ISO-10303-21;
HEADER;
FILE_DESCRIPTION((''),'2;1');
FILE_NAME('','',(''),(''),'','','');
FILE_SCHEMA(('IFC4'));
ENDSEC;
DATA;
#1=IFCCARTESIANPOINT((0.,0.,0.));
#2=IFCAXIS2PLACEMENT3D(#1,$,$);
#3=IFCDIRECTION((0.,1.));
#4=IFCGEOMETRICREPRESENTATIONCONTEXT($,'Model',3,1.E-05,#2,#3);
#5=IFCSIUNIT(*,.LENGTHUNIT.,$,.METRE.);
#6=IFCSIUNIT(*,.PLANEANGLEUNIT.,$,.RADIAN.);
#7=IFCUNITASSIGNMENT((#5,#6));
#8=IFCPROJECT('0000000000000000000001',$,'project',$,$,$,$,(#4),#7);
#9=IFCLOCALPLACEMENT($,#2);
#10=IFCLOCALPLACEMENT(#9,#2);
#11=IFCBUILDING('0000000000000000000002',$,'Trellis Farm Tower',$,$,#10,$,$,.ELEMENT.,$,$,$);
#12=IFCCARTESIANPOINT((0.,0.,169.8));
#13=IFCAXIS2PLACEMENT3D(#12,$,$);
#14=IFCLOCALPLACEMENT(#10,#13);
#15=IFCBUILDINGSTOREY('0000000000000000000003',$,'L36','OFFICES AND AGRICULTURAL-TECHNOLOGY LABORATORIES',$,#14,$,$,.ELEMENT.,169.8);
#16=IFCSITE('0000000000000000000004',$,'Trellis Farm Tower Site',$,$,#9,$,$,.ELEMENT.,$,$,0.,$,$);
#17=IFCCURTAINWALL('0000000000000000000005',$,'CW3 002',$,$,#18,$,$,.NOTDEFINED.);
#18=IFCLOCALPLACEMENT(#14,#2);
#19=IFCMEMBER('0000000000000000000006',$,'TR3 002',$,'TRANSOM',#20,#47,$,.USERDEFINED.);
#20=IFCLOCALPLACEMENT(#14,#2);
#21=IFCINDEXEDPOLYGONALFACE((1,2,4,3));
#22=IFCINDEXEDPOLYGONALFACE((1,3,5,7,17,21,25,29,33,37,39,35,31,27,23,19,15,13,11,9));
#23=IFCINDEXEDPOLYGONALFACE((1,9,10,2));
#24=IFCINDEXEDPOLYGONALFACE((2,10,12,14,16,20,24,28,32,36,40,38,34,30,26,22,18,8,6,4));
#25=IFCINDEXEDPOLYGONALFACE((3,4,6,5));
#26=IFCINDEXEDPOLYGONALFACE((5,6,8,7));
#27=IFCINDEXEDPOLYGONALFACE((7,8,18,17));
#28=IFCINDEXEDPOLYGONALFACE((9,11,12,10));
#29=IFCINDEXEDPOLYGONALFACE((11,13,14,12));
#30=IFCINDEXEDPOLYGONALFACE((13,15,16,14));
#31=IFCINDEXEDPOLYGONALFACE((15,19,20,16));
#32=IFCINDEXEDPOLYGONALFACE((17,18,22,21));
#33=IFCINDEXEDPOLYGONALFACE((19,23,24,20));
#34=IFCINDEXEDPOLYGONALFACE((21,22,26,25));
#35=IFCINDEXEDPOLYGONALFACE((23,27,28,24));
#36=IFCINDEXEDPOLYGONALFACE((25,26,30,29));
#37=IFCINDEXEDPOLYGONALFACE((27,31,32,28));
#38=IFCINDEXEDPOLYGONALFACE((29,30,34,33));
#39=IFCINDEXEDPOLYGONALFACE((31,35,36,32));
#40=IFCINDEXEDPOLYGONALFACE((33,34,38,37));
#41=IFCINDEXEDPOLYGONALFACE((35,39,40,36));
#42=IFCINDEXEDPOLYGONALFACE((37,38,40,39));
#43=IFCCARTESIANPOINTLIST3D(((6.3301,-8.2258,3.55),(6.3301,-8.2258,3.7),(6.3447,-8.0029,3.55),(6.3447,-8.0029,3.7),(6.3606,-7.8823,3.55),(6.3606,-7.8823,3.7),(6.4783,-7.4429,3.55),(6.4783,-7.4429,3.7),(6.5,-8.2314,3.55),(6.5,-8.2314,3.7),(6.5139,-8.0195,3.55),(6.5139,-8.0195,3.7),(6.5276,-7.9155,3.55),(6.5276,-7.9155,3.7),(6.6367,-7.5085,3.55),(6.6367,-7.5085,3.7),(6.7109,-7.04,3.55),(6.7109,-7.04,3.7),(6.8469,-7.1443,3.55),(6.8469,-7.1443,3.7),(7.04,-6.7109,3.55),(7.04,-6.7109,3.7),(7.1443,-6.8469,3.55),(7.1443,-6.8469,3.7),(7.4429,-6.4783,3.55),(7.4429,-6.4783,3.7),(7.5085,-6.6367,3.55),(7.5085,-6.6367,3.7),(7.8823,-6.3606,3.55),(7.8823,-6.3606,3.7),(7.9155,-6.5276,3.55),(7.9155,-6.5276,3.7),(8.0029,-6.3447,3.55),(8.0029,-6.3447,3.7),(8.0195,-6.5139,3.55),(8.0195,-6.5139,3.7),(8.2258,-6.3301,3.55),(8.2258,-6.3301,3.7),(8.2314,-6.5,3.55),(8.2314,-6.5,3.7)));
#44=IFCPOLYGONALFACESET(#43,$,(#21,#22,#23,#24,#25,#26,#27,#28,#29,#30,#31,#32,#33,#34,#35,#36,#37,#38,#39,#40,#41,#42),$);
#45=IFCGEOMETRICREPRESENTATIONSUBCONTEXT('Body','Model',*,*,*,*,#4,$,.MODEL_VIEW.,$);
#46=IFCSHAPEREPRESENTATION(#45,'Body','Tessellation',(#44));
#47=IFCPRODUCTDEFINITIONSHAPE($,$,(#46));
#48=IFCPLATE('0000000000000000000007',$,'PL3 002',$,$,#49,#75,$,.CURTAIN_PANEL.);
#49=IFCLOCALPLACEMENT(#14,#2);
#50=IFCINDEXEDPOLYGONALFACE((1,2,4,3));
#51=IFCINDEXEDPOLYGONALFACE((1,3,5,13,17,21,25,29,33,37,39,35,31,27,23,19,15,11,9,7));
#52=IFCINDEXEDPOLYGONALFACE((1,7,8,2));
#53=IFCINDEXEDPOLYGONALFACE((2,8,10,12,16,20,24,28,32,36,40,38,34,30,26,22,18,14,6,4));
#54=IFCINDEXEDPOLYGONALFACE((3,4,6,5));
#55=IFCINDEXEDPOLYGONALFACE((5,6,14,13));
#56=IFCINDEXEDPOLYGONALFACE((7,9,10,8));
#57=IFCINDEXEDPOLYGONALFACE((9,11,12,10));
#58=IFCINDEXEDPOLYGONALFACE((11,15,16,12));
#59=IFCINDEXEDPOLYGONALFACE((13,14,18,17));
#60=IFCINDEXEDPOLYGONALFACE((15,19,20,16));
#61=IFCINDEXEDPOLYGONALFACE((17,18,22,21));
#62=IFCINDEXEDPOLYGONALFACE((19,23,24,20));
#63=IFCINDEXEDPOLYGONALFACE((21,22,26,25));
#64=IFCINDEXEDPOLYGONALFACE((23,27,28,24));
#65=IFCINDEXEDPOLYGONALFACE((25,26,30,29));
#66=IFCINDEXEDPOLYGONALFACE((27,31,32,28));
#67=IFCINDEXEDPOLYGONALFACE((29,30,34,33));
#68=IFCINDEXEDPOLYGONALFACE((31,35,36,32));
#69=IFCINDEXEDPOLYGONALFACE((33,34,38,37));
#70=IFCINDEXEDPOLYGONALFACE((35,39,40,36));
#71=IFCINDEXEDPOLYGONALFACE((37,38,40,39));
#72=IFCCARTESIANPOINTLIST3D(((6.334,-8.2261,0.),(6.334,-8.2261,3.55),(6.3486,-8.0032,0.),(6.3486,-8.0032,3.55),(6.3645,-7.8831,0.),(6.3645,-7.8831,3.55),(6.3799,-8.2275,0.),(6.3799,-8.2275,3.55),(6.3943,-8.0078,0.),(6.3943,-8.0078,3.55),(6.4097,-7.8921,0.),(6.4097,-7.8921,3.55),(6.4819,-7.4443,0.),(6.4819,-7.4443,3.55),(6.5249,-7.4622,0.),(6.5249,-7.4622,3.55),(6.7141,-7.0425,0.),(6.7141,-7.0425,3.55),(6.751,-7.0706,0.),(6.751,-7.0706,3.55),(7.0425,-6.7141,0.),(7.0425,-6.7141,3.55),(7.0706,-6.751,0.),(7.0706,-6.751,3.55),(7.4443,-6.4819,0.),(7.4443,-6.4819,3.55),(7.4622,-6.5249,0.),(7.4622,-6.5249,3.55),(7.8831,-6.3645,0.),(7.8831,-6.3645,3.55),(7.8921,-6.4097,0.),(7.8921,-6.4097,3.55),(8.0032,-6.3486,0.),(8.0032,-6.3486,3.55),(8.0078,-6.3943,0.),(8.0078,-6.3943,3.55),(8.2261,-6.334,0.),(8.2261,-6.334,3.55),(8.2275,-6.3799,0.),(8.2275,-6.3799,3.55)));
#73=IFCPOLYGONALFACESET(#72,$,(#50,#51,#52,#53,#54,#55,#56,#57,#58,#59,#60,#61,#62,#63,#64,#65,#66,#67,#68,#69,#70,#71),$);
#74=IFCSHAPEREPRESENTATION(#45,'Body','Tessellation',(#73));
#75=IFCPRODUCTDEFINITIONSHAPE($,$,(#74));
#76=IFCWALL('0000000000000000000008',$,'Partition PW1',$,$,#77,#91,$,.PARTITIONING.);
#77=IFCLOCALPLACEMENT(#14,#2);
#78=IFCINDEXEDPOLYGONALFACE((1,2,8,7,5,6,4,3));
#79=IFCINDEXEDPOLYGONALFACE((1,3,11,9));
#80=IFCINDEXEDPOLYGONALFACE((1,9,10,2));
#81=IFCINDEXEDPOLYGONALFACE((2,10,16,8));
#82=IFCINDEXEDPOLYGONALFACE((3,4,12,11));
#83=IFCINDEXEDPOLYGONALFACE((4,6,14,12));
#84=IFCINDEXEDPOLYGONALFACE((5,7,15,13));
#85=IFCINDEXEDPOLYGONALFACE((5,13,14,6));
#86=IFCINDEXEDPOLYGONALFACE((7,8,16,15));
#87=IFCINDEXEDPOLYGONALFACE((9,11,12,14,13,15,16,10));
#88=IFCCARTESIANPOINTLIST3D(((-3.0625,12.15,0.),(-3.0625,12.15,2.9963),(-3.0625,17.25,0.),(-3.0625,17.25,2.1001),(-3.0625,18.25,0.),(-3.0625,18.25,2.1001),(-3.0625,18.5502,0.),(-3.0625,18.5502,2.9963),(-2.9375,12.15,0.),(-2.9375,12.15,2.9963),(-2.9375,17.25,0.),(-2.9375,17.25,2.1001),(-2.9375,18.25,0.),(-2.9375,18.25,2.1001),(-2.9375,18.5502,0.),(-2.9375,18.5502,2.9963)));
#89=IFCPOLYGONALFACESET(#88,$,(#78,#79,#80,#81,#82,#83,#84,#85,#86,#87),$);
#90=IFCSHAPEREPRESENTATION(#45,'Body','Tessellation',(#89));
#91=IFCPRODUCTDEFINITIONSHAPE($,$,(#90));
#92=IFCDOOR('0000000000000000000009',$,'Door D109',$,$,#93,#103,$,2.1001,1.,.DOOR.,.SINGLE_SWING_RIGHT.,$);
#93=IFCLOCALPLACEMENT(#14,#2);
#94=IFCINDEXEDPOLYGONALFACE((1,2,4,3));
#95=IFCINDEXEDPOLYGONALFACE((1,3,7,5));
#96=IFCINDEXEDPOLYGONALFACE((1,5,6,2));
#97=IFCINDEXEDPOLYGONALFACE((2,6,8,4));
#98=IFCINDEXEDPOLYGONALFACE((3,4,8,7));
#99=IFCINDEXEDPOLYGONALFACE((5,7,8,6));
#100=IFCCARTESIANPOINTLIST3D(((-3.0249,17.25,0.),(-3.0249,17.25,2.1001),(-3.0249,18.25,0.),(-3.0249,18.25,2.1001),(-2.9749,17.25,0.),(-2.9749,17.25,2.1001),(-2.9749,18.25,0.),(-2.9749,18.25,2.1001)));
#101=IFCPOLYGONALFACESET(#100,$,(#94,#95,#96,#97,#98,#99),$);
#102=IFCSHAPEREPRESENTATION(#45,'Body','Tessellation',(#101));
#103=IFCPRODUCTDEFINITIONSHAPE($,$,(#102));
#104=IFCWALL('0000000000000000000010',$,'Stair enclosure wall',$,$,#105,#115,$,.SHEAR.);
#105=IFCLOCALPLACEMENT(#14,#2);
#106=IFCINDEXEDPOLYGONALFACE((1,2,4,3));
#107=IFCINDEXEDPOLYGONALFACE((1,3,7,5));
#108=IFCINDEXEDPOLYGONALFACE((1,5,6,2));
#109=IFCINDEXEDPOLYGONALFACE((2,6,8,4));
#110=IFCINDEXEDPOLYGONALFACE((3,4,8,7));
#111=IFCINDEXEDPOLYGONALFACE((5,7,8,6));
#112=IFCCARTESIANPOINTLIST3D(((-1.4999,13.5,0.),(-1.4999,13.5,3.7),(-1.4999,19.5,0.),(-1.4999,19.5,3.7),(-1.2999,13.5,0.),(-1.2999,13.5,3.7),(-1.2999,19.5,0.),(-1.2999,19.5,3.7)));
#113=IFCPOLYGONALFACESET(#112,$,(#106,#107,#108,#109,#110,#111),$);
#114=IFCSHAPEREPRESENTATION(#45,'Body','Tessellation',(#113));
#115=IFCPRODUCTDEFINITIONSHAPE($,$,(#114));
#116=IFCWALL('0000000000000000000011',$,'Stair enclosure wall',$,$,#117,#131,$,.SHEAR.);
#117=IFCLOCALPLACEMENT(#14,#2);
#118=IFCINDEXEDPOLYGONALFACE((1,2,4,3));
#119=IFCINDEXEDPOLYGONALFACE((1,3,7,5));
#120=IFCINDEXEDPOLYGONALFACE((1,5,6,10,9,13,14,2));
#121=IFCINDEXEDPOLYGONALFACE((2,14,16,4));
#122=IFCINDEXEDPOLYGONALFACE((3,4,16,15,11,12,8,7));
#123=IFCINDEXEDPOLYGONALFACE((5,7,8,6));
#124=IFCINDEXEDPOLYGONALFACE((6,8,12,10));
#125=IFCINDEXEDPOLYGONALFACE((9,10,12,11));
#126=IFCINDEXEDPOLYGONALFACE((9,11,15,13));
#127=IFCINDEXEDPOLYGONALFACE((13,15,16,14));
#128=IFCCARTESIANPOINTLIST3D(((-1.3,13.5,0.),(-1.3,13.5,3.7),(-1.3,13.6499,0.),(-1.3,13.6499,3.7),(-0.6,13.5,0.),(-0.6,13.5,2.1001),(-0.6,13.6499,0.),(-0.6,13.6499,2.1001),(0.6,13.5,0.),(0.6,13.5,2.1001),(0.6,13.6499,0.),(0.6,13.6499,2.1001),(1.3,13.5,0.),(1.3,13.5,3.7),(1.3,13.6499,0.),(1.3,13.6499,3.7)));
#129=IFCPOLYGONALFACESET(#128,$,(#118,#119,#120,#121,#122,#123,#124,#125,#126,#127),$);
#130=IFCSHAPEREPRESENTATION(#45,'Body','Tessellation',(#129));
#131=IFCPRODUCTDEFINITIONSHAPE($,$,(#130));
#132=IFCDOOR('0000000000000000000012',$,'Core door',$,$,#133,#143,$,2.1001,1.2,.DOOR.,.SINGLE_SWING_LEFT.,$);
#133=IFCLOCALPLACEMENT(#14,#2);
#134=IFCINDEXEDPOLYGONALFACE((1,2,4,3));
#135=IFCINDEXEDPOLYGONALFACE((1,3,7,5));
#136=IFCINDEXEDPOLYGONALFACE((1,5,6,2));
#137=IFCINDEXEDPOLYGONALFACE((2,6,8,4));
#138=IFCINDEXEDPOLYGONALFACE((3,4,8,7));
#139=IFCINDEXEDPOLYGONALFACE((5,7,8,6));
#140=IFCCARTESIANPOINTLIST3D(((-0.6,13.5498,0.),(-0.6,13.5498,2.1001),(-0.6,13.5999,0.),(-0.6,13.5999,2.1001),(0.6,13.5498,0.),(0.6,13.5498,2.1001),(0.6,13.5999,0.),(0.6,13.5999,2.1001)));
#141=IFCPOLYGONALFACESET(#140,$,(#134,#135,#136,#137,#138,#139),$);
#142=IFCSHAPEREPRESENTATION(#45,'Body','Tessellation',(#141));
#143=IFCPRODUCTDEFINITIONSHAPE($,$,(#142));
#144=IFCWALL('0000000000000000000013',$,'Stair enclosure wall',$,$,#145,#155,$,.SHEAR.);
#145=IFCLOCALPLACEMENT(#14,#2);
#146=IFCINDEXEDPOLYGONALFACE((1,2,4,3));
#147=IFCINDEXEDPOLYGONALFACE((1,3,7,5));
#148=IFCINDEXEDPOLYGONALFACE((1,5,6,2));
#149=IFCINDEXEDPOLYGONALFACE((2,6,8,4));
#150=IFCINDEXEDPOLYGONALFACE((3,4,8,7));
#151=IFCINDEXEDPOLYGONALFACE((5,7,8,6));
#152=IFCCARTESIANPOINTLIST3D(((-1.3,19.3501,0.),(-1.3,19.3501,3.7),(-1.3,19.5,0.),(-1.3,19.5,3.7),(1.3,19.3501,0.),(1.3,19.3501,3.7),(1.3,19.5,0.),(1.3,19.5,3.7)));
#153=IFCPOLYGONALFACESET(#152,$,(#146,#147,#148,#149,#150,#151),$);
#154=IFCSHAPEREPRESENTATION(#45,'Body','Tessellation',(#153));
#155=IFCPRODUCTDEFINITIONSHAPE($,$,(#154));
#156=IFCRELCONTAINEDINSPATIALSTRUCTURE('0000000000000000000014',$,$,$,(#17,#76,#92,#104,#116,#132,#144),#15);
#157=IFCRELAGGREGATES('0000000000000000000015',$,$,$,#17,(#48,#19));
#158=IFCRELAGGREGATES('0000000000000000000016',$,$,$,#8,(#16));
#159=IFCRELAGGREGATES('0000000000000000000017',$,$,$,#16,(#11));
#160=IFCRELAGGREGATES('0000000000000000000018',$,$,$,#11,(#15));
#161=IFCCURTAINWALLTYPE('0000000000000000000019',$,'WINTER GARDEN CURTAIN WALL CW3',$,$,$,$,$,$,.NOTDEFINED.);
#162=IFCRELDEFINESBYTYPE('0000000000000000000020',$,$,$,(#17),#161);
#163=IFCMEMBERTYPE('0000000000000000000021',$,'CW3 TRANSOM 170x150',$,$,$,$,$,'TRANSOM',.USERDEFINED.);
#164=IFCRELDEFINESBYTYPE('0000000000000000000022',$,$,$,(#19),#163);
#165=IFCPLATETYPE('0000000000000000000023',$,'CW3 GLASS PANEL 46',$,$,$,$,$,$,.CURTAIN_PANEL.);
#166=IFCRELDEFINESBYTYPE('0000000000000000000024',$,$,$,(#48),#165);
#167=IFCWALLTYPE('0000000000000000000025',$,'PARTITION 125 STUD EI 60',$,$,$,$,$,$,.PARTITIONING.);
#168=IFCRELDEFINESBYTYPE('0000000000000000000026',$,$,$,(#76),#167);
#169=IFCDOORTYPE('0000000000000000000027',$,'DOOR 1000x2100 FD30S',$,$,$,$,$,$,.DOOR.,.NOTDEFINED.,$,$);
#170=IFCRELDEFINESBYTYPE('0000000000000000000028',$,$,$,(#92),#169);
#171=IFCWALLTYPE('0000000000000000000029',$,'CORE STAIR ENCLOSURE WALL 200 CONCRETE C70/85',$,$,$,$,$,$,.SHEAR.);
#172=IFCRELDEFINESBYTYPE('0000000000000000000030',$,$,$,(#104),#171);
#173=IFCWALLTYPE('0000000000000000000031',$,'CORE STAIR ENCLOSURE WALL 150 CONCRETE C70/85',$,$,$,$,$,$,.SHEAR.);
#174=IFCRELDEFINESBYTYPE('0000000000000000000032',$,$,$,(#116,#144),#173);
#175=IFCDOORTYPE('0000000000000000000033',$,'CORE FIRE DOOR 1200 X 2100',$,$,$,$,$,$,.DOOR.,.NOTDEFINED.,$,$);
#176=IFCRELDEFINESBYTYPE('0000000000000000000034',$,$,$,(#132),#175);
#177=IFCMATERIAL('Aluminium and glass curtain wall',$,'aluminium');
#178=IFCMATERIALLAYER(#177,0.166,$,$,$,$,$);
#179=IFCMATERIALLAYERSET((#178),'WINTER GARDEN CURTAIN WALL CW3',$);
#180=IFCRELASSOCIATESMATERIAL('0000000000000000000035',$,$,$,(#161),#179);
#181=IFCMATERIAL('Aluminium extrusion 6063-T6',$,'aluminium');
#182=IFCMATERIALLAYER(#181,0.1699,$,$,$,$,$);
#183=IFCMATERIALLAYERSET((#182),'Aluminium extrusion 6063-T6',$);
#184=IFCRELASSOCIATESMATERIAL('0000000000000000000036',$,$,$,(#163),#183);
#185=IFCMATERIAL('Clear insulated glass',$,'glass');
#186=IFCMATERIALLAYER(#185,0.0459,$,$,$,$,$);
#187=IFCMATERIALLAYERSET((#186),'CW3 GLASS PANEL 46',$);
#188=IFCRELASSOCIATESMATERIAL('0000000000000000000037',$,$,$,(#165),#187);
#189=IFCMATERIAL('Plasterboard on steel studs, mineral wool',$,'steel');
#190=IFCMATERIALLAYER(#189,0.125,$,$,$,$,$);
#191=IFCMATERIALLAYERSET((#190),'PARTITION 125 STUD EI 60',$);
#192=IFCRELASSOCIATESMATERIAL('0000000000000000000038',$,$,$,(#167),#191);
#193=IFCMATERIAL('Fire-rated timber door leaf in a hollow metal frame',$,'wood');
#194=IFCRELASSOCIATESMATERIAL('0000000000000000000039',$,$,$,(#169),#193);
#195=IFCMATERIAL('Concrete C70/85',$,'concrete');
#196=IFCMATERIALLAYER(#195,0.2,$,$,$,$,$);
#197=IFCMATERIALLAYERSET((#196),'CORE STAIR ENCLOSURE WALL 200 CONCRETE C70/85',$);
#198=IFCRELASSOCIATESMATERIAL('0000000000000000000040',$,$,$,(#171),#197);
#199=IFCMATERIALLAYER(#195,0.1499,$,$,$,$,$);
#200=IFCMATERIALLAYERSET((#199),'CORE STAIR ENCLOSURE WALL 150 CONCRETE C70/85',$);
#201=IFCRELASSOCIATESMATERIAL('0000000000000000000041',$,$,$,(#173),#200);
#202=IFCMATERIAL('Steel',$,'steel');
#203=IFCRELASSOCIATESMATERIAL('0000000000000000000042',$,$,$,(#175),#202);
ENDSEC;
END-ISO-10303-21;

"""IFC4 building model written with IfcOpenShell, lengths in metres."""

from ifc_helpers import new_model, si_unit, direction, frame, frame_2d, origin, place, context, subcontext, project, spatial, polyline, rectangle, outline, extrude, source, transform, mapped, material, layer, layer_set, type_object, element, fill, aggregate, save


model = new_model("IFC4")

# Units and contexts
model_context = context("Model", 3, precision=1e-05, world=origin(), true_north=direction((0.0, 1.0)))
body_context = subcontext(model_context, "Body", "Model", "MODEL_VIEW")
ifc_project = project(units=[si_unit("LENGTHUNIT", "METRE"), si_unit("PLANEANGLEUNIT", "RADIAN")], contexts=[model_context])

# Site, building, storey
site_placement = place(None, origin())
site = spatial("IfcSite", under=ifc_project, at=site_placement, Name="Trellis Farm Tower Site", CompositionType="ELEMENT", RefElevation=0.0)
building_placement = place(site_placement, origin())
building = spatial("IfcBuilding", under=site, at=building_placement, Name="Trellis Farm Tower", CompositionType="ELEMENT")
storey_placement = place(building_placement, frame((0.0, 0.0, 169.8)))
storey = spatial("IfcBuildingStorey", under=building, at=storey_placement, Name="L36", Description="OFFICES AND AGRICULTURAL-TECHNOLOGY LABORATORIES", CompositionType="ELEMENT", Elevation=169.8)

# Shared definitions
ifc_material_1 = material(Name="Concrete C70/85", Category="concrete")

# Curtain wall, member, plate
ifc_material_2 = material(Name="Aluminium and glass curtain wall", Category="aluminium")
ifc_layer_1 = layer(ifc_material_2, 0.166)
ifc_layer_set_1 = layer_set([ifc_layer_1], Name="WINTER GARDEN CURTAIN WALL CW3")
curtain_wall_type = type_object("IfcCurtainWallType", Name="WINTER GARDEN CURTAIN WALL CW3", PredefinedType="NOTDEFINED", material=ifc_layer_set_1)
placement = place(storey_placement, origin())
curtain_wall = element("IfcCurtainWall", 1, at=placement, inside=storey, type_object=curtain_wall_type, Name="CW3 002", PredefinedType="NOTDEFINED")
ifc_material_3 = material(Name="Aluminium extrusion 6063-T6", Category="aluminium")
ifc_layer_2 = layer(ifc_material_3, 0.1699)
ifc_layer_set_2 = layer_set([ifc_layer_2], Name="Aluminium extrusion 6063-T6")
member_type = type_object("IfcMemberType", Name="CW3 TRANSOM 170x150", ElementType="TRANSOM", PredefinedType="USERDEFINED", material=ifc_layer_set_2)
shared_shape_1 = source(origin(), body_context, "Body", "SweptSolid", [
    extrude(outline(polyline([(6.5, -8.2314), (6.5139, -8.0195), (6.5276, -7.9155), (6.6367, -7.5085), (6.8469, -7.1443), (7.1443, -6.8469), (7.5085, -6.6367), (7.9155, -6.5276), (8.0195, -6.5139), (8.2314, -6.5), (8.2258, -6.3301), (8.0029, -6.3447), (7.8823, -6.3606), (7.4429, -6.4783), (7.04, -6.7109), (6.7109, -7.04), (6.4783, -7.4429), (6.3606, -7.8823), (6.3447, -8.0029), (6.3301, -8.2258), (6.5, -8.2314)])), origin(), (0.0, 0.0, 1.0), 0.1499),
])
member_placement = place(storey_placement, frame((0.0, 0.0, 3.55)))
member = element("IfcMember", 2, at=member_placement, type_object=member_type, Name="TR3 002", ObjectType="TRANSOM", PredefinedType="USERDEFINED", context=body_context, shape_type="MappedRepresentation", body=[
    mapped(shared_shape_1, transform((0.0, 0.0, 0.0))),
])
ifc_material_4 = material(Name="Clear insulated glass", Category="glass")
ifc_layer_3 = layer(ifc_material_4, 0.0459)
ifc_layer_set_3 = layer_set([ifc_layer_3], Name="CW3 GLASS PANEL 46")
plate_type = type_object("IfcPlateType", Name="CW3 GLASS PANEL 46", PredefinedType="CURTAIN_PANEL", material=ifc_layer_set_3)
shared_shape_2 = source(origin(), body_context, "Body", "SweptSolid", [
    extrude(outline(polyline([(6.3799, -8.2275), (6.3943, -8.0078), (6.4097, -7.8921), (6.5249, -7.4622), (6.751, -7.0706), (7.0706, -6.751), (7.4622, -6.5249), (7.8921, -6.4097), (8.0078, -6.3943), (8.2275, -6.3799), (8.2261, -6.334), (8.0032, -6.3486), (7.8831, -6.3645), (7.4443, -6.4819), (7.0425, -6.7141), (6.7141, -7.0425), (6.4819, -7.4443), (6.3645, -7.8831), (6.3486, -8.0032), (6.334, -8.2261), (6.3799, -8.2275)])), origin(), (0.0, 0.0, 1.0), 3.55),
])
plate = element("IfcPlate", 3, at=placement, type_object=plate_type, Name="PL3 002", PredefinedType="CURTAIN_PANEL", context=body_context, shape_type="MappedRepresentation", body=[
    mapped(shared_shape_2, transform((0.0, 0.0, 0.0))),
])
aggregate(curtain_wall, [plate, member])

# Wall, opening, door
ifc_material_5 = material(Name="Plasterboard on steel studs, mineral wool", Category="steel")
ifc_layer_4 = layer(ifc_material_5, 0.125)
ifc_layer_set_4 = layer_set([ifc_layer_4], Name="PARTITION 125 STUD EI 60")
wall_type_1 = type_object("IfcWallType", Name="PARTITION 125 STUD EI 60", PredefinedType="PARTITIONING", material=ifc_layer_set_4)
wall_1_placement = place(storey_placement, frame((-3.0, 12.1499, 0.0), z_axis=(0.0, 0.0, 1.0), x_axis=(0.0, 1.0, 0.0)))
wall_1 = element("IfcWall", 4, at=wall_1_placement, inside=storey, type_object=wall_type_1, Name="Partition PW1", PredefinedType="PARTITIONING", context=body_context, shape_type="SweptSolid", body=[
    extrude(rectangle(XDim=6.4001, YDim=0.125, at=frame_2d((3.2002, 0.0))), origin(), (0.0, 0.0, 1.0), 2.9963),
])
shared_shape_3 = source(origin(), body_context, "Body", "SweptSolid", [
    extrude(rectangle(XDim=1.0, YDim=2.1001, at=frame_2d((0.5, 1.05))), frame((0.0, 0.0725, 0.0), z_axis=(0.0, -1.0, 0.0), x_axis=(1.0, 0.0, 0.0)), (0.0, 0.0, 1.0), 0.145),
])
opening_1_placement = place(wall_1_placement, frame((5.1001, 0.0, 0.0)))
opening_1 = element("IfcOpeningElement", 5, at=opening_1_placement, cuts=wall_1, PredefinedType="OPENING", context=body_context, shape_type="MappedRepresentation", body=[
    mapped(shared_shape_3, transform((0.0, 0.0, 0.0))),
])
ifc_material_6 = material(Name="Fire-rated timber door leaf in a hollow metal frame", Category="wood")
door_type_1 = type_object("IfcDoorType", Name="DOOR 1000x2100 FD30S", OperationType="NOTDEFINED", PredefinedType="DOOR", material=ifc_material_6)
shared_shape_4 = source(origin(), body_context, "Body", "SweptSolid", [
    extrude(rectangle(XDim=1.0, YDim=2.1001, at=frame_2d((0.5, 1.05))), frame((0.0, 0.0249, 0.0), z_axis=(0.0, -1.0, 0.0), x_axis=(1.0, 0.0, 0.0)), (0.0, 0.0, 1.0), 0.05),
])
door_1_placement = place(opening_1_placement, origin())
door_1 = element("IfcDoor", 6, at=door_1_placement, inside=storey, type_object=door_type_1, Name="Door D109", OperationType="SINGLE_SWING_RIGHT", OverallHeight=2.1001, OverallWidth=1.0, PredefinedType="DOOR", context=body_context, shape_type="MappedRepresentation", body=[
    mapped(shared_shape_4, transform((0.0, 0.0, 0.0))),
])
fill(opening_1, door_1)

# Wall
ifc_layer_5 = layer(ifc_material_1, 0.2)
ifc_layer_set_5 = layer_set([ifc_layer_5], Name="CORE STAIR ENCLOSURE WALL 200 CONCRETE C70/85")
wall_type_2 = type_object("IfcWallType", Name="CORE STAIR ENCLOSURE WALL 200 CONCRETE C70/85", PredefinedType="SHEAR", material=ifc_layer_set_5)
shared_shape_5 = source(origin(), body_context, "Body", "SweptSolid", [
    extrude(rectangle(XDim=6.0, YDim=0.2, at=frame_2d((3.0, 0.0))), origin(), (0.0, 0.0, 1.0), 3.7),
])
wall_2_placement = place(storey_placement, frame((-1.3999, 13.5, 0.0), z_axis=(0.0, 0.0, 1.0), x_axis=(0.0, 1.0, 0.0)))
element("IfcWall", 7, at=wall_2_placement, inside=storey, type_object=wall_type_2, Name="Stair enclosure wall", PredefinedType="SHEAR", context=body_context, shape_type="MappedRepresentation", body=[
    mapped(shared_shape_5, transform((0.0, 0.0, 0.0))),
])

# Wall, opening, door
ifc_layer_6 = layer(ifc_material_1, 0.1499)
ifc_layer_set_6 = layer_set([ifc_layer_6], Name="CORE STAIR ENCLOSURE WALL 150 CONCRETE C70/85")
wall_type_3 = type_object("IfcWallType", Name="CORE STAIR ENCLOSURE WALL 150 CONCRETE C70/85", PredefinedType="SHEAR", material=ifc_layer_set_6)
shared_shape_6 = source(origin(), body_context, "Body", "SweptSolid", [
    extrude(rectangle(XDim=2.6001, YDim=0.1499, at=frame_2d((1.3, 0.0))), origin(), (0.0, 0.0, 1.0), 3.7),
])
wall_3_placement = place(storey_placement, frame((-1.3, 13.575, 0.0), z_axis=(0.0, 0.0, 1.0), x_axis=(1.0, 0.0, 0.0)))
wall_3 = element("IfcWall", 8, at=wall_3_placement, inside=storey, type_object=wall_type_3, Name="Stair enclosure wall", PredefinedType="SHEAR", context=body_context, shape_type="MappedRepresentation", body=[
    mapped(shared_shape_6, transform((0.0, 0.0, 0.0))),
])
shared_shape_7 = source(origin(), body_context, "Body", "SweptSolid", [
    extrude(rectangle(XDim=1.2, YDim=2.1001, at=frame_2d((0.6001, 1.05))), frame((0.0, 0.085, 0.0), z_axis=(0.0, -1.0, 0.0), x_axis=(1.0, 0.0, 0.0)), (0.0, 0.0, 1.0), 0.1699),
])
opening_2_placement = place(wall_3_placement, frame((0.7, 0.0, 0.0)))
opening_2 = element("IfcOpeningElement", 9, at=opening_2_placement, cuts=wall_3, PredefinedType="OPENING", context=body_context, shape_type="MappedRepresentation", body=[
    mapped(shared_shape_7, transform((0.0, 0.0, 0.0))),
])
ifc_material_7 = material(Name="Steel", Category="steel")
door_type_2 = type_object("IfcDoorType", Name="CORE FIRE DOOR 1200 X 2100", OperationType="NOTDEFINED", PredefinedType="DOOR", material=ifc_material_7)
shared_shape_8 = source(origin(), body_context, "Body", "SweptSolid", [
    extrude(rectangle(XDim=1.2, YDim=2.1001, at=frame_2d((0.6001, 1.05))), frame((0.0, 0.0249, 0.0), z_axis=(0.0, -1.0, 0.0), x_axis=(1.0, 0.0, 0.0)), (0.0, 0.0, 1.0), 0.05),
])
door_2_placement = place(opening_2_placement, origin())
door_2 = element("IfcDoor", 10, at=door_2_placement, inside=storey, type_object=door_type_2, Name="Core door", OperationType="SINGLE_SWING_LEFT", OverallHeight=2.1001, OverallWidth=1.2, PredefinedType="DOOR", context=body_context, shape_type="MappedRepresentation", body=[
    mapped(shared_shape_8, transform((0.0, 0.0, 0.0))),
])
fill(opening_2, door_2)

# Wall
wall_4_placement = place(storey_placement, frame((-1.3, 19.425, 0.0), z_axis=(0.0, 0.0, 1.0), x_axis=(1.0, 0.0, 0.0)))
element("IfcWall", 11, at=wall_4_placement, inside=storey, type_object=wall_type_3, Name="Stair enclosure wall", PredefinedType="SHEAR", context=body_context, shape_type="MappedRepresentation", body=[
    mapped(shared_shape_6, transform((0.0, 0.0, 0.0))),
])

save(model, "model.ifc")
